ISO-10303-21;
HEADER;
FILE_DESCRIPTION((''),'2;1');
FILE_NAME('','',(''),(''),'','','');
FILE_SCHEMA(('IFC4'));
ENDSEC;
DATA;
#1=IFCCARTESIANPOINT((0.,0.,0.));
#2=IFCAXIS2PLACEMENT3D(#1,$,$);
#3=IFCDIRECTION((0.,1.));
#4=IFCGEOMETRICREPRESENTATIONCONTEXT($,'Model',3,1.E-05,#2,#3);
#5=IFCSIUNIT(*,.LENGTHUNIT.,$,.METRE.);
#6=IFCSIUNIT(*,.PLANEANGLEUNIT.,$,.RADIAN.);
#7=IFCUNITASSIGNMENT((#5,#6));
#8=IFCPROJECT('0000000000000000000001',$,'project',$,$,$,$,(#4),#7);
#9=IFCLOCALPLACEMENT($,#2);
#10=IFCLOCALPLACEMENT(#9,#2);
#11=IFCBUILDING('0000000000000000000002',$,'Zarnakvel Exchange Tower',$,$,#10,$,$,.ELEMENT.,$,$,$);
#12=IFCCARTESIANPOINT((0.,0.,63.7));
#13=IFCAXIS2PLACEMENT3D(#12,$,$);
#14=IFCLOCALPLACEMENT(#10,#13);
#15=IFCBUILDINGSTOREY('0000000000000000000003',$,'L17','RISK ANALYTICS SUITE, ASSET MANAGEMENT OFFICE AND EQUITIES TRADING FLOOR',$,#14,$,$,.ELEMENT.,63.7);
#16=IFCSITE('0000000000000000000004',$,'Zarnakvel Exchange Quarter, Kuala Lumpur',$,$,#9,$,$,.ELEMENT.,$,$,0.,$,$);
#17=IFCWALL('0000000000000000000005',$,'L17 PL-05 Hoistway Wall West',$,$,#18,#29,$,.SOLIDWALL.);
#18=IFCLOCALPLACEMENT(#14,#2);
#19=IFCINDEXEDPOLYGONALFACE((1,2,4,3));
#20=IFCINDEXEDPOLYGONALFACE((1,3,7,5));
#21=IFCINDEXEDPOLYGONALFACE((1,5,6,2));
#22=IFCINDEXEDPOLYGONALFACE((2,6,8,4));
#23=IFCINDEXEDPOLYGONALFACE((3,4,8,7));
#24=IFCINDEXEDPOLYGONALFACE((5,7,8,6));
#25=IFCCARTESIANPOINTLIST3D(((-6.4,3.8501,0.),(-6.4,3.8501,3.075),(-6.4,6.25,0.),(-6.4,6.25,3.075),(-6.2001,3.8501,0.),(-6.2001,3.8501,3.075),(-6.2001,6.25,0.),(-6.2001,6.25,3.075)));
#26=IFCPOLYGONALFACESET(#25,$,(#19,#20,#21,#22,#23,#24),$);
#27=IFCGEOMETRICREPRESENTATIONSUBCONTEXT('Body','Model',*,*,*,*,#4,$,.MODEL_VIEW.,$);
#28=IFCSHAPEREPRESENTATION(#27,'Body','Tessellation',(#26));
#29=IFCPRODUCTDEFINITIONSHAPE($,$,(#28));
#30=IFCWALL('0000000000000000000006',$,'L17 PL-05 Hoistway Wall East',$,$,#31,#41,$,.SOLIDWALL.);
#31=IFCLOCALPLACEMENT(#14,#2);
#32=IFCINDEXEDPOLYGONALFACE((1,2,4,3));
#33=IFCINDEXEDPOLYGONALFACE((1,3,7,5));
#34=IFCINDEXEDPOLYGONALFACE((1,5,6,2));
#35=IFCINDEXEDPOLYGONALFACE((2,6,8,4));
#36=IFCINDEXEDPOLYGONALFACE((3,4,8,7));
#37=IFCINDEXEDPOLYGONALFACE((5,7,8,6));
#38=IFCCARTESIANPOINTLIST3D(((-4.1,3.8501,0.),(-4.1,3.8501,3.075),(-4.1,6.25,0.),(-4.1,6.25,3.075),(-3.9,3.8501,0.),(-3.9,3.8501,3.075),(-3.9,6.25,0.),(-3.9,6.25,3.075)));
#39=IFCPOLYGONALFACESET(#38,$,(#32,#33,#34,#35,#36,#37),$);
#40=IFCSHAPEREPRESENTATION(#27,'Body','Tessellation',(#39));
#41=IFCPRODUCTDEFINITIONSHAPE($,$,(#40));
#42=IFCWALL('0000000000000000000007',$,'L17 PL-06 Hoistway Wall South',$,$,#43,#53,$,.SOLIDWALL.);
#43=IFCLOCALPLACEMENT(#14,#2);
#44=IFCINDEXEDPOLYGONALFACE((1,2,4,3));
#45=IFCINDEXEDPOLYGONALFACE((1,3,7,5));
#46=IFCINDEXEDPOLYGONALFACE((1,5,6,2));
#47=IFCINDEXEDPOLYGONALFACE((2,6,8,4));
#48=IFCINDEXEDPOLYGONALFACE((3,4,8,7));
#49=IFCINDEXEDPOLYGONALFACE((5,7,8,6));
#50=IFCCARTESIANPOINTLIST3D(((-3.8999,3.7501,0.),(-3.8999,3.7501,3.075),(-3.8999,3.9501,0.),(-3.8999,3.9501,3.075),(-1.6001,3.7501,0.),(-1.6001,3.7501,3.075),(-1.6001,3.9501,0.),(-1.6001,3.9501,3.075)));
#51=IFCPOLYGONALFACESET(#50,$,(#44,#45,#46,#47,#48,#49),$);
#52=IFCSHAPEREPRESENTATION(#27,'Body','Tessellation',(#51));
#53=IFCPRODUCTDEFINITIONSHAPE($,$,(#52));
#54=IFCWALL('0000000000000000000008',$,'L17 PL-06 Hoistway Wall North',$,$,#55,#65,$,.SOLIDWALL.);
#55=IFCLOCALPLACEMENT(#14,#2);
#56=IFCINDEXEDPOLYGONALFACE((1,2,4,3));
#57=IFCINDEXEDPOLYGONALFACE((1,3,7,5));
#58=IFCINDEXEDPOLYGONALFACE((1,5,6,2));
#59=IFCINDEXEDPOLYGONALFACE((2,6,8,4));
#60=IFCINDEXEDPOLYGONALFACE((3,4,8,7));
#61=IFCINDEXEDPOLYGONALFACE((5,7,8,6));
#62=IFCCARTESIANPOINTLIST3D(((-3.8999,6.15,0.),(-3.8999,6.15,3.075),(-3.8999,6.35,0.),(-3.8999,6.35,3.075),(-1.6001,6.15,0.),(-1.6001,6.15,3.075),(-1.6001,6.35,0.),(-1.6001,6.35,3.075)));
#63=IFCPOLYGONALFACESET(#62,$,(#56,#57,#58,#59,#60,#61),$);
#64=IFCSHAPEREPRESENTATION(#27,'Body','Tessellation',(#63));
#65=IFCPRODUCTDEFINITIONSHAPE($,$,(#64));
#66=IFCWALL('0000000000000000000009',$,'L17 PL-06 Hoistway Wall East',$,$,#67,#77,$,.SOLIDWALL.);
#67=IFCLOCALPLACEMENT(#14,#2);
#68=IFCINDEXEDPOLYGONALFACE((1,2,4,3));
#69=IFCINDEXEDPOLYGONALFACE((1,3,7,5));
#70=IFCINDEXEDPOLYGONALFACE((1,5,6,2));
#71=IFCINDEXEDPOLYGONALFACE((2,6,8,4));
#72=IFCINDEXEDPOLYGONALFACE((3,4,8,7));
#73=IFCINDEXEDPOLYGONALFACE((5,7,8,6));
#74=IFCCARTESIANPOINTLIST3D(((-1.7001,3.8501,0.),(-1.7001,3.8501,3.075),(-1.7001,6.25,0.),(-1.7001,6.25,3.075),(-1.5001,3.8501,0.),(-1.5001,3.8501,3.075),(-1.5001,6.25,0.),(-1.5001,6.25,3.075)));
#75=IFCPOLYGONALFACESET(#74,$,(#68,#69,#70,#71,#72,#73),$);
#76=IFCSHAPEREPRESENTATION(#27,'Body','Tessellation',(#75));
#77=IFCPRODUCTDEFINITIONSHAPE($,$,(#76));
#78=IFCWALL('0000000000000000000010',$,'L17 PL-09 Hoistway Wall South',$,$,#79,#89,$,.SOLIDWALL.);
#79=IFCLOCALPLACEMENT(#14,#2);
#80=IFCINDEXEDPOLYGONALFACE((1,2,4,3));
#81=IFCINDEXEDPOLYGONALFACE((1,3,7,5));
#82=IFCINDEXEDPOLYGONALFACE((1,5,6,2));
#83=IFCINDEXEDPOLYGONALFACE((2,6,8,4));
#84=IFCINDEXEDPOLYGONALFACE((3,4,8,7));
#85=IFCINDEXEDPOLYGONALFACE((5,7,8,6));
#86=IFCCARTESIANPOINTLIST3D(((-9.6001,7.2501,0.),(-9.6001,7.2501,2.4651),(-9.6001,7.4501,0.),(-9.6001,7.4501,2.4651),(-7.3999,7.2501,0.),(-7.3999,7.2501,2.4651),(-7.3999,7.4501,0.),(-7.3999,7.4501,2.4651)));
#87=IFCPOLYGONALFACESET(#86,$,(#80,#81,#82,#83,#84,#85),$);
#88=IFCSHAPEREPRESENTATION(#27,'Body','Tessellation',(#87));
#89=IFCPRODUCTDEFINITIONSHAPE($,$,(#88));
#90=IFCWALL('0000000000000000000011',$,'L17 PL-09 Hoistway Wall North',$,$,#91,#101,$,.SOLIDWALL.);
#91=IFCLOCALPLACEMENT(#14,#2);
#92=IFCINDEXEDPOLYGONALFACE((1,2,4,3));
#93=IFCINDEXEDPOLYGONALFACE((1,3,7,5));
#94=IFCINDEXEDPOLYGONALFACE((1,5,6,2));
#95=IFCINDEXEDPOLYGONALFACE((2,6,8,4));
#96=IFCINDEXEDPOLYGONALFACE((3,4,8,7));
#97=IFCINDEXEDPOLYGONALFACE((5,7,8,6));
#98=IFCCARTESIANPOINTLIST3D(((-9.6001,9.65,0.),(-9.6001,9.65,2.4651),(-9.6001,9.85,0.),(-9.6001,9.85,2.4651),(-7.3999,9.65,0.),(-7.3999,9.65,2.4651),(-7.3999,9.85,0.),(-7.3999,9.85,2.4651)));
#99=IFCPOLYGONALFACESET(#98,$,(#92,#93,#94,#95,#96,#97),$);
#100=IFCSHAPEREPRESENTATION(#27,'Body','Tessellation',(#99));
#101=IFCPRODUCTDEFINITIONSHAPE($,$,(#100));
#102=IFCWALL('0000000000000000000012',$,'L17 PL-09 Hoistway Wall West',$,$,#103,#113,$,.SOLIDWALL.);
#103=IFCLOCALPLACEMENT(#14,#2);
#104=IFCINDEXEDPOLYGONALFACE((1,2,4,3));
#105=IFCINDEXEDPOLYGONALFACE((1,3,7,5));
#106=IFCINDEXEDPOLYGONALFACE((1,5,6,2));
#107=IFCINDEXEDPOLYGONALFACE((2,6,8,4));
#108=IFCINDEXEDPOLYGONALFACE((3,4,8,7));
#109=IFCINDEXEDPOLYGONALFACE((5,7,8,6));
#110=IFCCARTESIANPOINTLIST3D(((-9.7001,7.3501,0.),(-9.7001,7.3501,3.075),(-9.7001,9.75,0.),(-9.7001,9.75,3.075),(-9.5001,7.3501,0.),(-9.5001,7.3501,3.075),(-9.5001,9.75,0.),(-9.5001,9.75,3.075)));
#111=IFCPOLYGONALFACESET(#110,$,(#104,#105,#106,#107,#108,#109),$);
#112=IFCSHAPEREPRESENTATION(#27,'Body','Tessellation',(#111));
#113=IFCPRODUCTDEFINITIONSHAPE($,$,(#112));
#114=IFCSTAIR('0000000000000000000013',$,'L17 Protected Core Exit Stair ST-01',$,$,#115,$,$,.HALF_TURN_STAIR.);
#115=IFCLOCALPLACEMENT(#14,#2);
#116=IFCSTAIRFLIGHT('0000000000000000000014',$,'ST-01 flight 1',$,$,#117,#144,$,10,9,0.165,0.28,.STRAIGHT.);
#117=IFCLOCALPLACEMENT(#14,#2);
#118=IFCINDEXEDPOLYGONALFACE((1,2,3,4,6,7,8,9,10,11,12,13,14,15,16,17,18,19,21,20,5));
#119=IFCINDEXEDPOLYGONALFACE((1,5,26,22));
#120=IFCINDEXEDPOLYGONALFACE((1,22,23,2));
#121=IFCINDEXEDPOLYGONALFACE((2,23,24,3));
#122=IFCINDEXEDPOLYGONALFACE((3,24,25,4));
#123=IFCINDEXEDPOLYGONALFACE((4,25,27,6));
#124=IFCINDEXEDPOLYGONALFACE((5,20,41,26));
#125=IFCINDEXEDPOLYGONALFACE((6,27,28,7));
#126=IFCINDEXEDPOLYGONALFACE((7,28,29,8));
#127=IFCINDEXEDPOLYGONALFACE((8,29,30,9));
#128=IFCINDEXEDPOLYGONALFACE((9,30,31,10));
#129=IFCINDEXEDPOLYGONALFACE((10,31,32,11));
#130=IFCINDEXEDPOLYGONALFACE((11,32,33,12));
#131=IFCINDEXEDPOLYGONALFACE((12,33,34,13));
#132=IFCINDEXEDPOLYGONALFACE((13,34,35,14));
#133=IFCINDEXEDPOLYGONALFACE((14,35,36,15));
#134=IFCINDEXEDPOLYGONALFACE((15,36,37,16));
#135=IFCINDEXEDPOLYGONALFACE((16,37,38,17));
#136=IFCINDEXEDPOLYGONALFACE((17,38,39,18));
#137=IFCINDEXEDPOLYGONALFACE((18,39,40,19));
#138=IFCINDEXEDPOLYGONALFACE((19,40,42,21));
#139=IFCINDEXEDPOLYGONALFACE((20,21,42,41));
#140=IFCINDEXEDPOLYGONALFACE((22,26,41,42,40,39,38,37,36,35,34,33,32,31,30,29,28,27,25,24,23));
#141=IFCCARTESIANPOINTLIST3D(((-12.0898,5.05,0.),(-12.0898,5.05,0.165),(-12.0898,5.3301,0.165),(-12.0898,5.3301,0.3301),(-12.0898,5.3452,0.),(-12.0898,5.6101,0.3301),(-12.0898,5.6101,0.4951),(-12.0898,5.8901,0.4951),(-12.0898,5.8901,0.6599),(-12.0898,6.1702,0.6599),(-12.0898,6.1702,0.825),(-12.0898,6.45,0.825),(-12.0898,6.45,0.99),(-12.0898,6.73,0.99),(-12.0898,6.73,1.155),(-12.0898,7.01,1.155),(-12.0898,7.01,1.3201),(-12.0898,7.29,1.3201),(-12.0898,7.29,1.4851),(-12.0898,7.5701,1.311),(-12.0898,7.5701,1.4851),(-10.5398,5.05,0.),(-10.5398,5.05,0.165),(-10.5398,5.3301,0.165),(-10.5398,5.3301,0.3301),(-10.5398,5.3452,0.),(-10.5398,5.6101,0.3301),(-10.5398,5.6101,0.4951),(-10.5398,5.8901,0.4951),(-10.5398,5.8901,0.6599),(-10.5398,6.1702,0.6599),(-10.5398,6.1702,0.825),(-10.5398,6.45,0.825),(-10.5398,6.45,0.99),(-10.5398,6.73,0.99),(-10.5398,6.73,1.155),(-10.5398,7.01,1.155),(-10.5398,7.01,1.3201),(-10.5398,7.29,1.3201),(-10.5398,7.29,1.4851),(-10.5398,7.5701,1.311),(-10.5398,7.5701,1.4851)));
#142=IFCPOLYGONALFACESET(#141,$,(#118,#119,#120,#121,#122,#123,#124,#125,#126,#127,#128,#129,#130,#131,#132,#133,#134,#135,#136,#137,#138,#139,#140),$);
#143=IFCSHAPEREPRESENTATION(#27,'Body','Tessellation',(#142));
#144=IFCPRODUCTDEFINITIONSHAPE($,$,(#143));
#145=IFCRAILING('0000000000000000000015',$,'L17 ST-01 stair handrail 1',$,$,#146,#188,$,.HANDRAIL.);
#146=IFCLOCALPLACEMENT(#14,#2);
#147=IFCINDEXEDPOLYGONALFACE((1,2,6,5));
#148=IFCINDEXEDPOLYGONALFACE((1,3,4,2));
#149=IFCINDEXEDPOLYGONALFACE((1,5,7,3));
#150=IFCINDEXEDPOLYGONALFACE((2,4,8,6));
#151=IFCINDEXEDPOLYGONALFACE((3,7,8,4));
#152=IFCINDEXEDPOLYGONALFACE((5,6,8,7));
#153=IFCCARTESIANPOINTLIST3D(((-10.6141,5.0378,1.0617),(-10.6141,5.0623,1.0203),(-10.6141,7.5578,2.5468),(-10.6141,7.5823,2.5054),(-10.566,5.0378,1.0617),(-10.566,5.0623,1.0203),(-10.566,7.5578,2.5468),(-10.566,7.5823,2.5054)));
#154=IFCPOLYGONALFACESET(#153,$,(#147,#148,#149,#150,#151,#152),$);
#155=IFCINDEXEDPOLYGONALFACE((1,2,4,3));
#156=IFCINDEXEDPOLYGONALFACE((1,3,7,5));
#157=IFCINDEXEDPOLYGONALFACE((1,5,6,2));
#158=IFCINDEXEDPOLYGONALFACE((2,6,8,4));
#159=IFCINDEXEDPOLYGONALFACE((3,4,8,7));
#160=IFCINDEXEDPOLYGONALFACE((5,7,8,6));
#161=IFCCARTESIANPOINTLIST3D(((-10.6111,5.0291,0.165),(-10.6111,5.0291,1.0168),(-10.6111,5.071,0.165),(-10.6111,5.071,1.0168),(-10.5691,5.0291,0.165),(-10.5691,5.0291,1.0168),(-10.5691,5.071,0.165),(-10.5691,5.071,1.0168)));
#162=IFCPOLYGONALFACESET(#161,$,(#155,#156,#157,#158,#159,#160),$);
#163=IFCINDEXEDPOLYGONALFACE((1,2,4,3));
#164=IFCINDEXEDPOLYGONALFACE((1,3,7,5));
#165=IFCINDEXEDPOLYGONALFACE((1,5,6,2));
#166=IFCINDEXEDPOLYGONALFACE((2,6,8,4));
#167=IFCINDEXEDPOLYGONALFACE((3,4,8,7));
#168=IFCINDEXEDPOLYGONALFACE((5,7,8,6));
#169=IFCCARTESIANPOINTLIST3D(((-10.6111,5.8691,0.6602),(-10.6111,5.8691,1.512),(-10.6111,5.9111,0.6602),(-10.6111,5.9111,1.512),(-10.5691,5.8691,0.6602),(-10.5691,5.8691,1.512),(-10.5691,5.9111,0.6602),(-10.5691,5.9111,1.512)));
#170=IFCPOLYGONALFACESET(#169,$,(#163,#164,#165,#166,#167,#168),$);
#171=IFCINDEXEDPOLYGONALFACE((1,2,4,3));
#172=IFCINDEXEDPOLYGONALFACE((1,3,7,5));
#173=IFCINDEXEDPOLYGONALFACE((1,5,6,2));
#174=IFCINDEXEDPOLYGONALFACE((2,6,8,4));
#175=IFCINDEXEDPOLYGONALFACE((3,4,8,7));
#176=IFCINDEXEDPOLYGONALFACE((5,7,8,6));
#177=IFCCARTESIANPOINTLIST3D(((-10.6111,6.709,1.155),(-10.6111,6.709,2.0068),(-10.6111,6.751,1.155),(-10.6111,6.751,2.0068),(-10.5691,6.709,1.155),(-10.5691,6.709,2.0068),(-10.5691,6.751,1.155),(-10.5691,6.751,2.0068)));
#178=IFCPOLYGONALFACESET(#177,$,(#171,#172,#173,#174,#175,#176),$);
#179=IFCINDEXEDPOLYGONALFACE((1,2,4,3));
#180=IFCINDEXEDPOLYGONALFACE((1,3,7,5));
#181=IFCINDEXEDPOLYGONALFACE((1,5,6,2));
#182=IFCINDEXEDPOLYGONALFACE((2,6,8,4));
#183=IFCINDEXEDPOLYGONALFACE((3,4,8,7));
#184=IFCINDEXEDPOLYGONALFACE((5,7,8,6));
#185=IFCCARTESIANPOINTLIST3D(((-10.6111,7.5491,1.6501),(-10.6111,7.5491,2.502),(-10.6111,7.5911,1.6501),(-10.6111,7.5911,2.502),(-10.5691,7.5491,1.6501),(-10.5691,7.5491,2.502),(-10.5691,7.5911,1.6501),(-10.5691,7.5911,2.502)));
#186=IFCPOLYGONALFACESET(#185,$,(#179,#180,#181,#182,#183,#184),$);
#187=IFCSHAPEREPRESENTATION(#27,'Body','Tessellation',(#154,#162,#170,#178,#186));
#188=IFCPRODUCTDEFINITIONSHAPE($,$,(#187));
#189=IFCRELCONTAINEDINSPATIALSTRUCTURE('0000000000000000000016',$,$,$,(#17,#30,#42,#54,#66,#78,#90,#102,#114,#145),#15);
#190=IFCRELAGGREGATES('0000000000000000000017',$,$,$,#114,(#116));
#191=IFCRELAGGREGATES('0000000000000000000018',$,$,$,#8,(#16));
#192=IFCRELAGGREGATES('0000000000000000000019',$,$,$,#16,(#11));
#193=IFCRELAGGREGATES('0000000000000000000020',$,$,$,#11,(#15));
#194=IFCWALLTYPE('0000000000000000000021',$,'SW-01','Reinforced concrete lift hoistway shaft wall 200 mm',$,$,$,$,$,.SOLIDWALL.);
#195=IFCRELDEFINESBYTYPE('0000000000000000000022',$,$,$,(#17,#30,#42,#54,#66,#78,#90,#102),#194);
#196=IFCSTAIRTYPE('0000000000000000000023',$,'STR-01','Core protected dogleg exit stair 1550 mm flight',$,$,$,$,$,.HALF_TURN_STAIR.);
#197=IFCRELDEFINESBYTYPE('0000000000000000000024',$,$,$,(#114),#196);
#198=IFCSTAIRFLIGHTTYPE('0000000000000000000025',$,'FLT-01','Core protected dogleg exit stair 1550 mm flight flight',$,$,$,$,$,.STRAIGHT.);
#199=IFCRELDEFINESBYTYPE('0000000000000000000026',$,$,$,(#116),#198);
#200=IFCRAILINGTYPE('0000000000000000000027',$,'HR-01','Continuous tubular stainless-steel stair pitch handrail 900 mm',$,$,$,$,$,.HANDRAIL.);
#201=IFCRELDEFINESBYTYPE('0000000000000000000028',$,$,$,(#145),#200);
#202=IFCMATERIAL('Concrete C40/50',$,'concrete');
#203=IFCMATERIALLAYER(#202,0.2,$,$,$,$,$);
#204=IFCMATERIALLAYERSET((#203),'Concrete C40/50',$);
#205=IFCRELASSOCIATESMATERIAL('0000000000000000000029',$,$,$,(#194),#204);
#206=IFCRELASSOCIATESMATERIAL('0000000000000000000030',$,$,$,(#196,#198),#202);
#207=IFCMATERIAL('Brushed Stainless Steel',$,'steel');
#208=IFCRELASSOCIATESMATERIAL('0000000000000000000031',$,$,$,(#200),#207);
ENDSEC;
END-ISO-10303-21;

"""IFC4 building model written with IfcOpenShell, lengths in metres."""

from ifc_helpers import new_model, si_unit, direction, frame, frame_2d, origin, origin_2d, place, context, subcontext, project, spatial, polyline, rectangle, outline, extrude, material, layer, layer_set, type_object, element, aggregate, save


model = new_model("IFC4")

# Units and contexts
model_context = context("Model", 3, precision=1e-05, world=origin(), true_north=direction((0.0, 1.0)))
body_context = subcontext(model_context, "Body", "Model", "MODEL_VIEW")
ifc_project = project(units=[si_unit("LENGTHUNIT", "METRE"), si_unit("PLANEANGLEUNIT", "RADIAN")], contexts=[model_context])

# Site, building, storey
site_placement = place(None, origin())
site = spatial("IfcSite", under=ifc_project, at=site_placement, Name="Zarnakvel Exchange Quarter, Kuala Lumpur", CompositionType="ELEMENT", RefElevation=0.0)
building_placement = place(site_placement, origin())
building = spatial("IfcBuilding", under=site, at=building_placement, Name="Zarnakvel Exchange Tower", CompositionType="ELEMENT")
storey_placement = place(building_placement, frame((0.0, 0.0, 63.7)))
storey = spatial("IfcBuildingStorey", under=building, at=storey_placement, Name="L17", Description="RISK ANALYTICS SUITE, ASSET MANAGEMENT OFFICE AND EQUITIES TRADING FLOOR", CompositionType="ELEMENT", Elevation=63.7)

# Shared definitions
ifc_material_1 = material(Name="Concrete C40/50", Category="concrete")
ifc_layer_1 = layer(ifc_material_1, 0.2)
ifc_layer_set_1 = layer_set([ifc_layer_1], Name="Concrete C40/50")
wall_type_1 = type_object("IfcWallType", Name="SW-01", Description="Reinforced concrete lift hoistway shaft wall 200 mm", PredefinedType="SOLIDWALL", material=ifc_layer_set_1)
ifc_material_2 = material(Name="Brushed Stainless Steel", Category="steel")

# Walls
for number, where, z_axis, x_axis, name in (
    (1, (-6.3, 3.8501, 0.0), (0.0, 0.0, 1.0), (0.0, 1.0, 0.0), "L17 PL-05 Hoistway Wall West"),
    (2, (-4.0, 6.25, 0.0), (0.0, 0.0, 1.0), (0.0, -1.0, 0.0), "L17 PL-05 Hoistway Wall East"),
):
    element("IfcWall", number, at=place(storey_placement, frame(where, z_axis=z_axis, x_axis=x_axis)), inside=storey, type_object=wall_type_1, Name=name, PredefinedType="SOLIDWALL", context=body_context, shape_type="SweptSolid", body=[
        extrude(rectangle(XDim=2.3999, YDim=0.2, at=frame_2d((1.2, 0.0))), origin(), (0.0, 0.0, 1.0), 3.075),
    ])
for number, where, z_axis, x_axis, name in (
    (3, (-1.6001, 3.8501, 0.0), (0.0, 0.0, 1.0), (-1.0, 0.0, 0.0), "L17 PL-06 Hoistway Wall South"),
    (4, (-3.8999, 6.25, 0.0), (0.0, 0.0, 1.0), (1.0, 0.0, 0.0), "L17 PL-06 Hoistway Wall North"),
):
    element("IfcWall", number, at=place(storey_placement, frame(where, z_axis=z_axis, x_axis=x_axis)), inside=storey, type_object=wall_type_1, Name=name, PredefinedType="SOLIDWALL", context=body_context, shape_type="SweptSolid", body=[
        extrude(rectangle(XDim=2.2998, YDim=0.2, at=frame_2d((1.1499, 0.0))), origin(), (0.0, 0.0, 1.0), 3.075),
    ])
wall_1_placement = place(storey_placement, frame((-1.6001, 6.25, 0.0), z_axis=(0.0, 0.0, 1.0), x_axis=(0.0, -1.0, 0.0)))
element("IfcWall", 5, at=wall_1_placement, inside=storey, type_object=wall_type_1, Name="L17 PL-06 Hoistway Wall East", PredefinedType="SOLIDWALL", context=body_context, shape_type="SweptSolid", body=[
    extrude(rectangle(XDim=2.3999, YDim=0.2, at=frame_2d((1.2, 0.0))), origin(), (0.0, 0.0, 1.0), 3.075),
])
for number, where, z_axis, x_axis, name in (
    (6, (-7.3999, 7.3501, 0.0), (0.0, 0.0, 1.0), (-1.0, 0.0, 0.0), "L17 PL-09 Hoistway Wall South"),
    (7, (-9.6001, 9.75, 0.0), (0.0, 0.0, 1.0), (1.0, 0.0, 0.0), "L17 PL-09 Hoistway Wall North"),
):
    element("IfcWall", number, at=place(storey_placement, frame(where, z_axis=z_axis, x_axis=x_axis)), inside=storey, type_object=wall_type_1, Name=name, PredefinedType="SOLIDWALL", context=body_context, shape_type="SweptSolid", body=[
        extrude(rectangle(XDim=2.2002, YDim=0.2, at=frame_2d((1.1001, 0.0))), origin(), (0.0, 0.0, 1.0), 2.4651),
    ])
wall_2_placement = place(storey_placement, frame((-9.6001, 7.3501, 0.0), z_axis=(0.0, 0.0, 1.0), x_axis=(0.0, 1.0, 0.0)))
element("IfcWall", 8, at=wall_2_placement, inside=storey, type_object=wall_type_1, Name="L17 PL-09 Hoistway Wall West", PredefinedType="SOLIDWALL", context=body_context, shape_type="SweptSolid", body=[
    extrude(rectangle(XDim=2.3999, YDim=0.2, at=frame_2d((1.2, 0.0))), origin(), (0.0, 0.0, 1.0), 3.075),
])

# Stair, stair flight
stair_type = type_object("IfcStairType", Name="STR-01", Description="Core protected dogleg exit stair 1550 mm flight", PredefinedType="HALF_TURN_STAIR", material=ifc_material_1)
stair_placement = place(storey_placement, origin())
stair = element("IfcStair", 9, at=stair_placement, inside=storey, type_object=stair_type, Name="L17 Protected Core Exit Stair ST-01", PredefinedType="HALF_TURN_STAIR")
stair_flight_type = type_object("IfcStairFlightType", Name="FLT-01", Description="Core protected dogleg exit stair 1550 mm flight flight", PredefinedType="STRAIGHT", material=ifc_material_1)
stair_flight_placement = place(storey_placement, frame((-11.3149, 5.05, 0.0), z_axis=(0.0, 0.0, 1.0), x_axis=(0.0, 1.0, 0.0)))
stair_flight = element("IfcStairFlight", 10, at=stair_flight_placement, type_object=stair_flight_type, Name="ST-01 flight 1", NumberOfRisers=10, NumberOfTreads=9, PredefinedType="STRAIGHT", RiserHeight=0.165, TreadLength=0.28, context=body_context, shape_type="SweptSolid", body=[
    extrude(outline(polyline([(0.0, 0.0), (0.0, 0.165), (0.28, 0.165), (0.28, 0.3301), (0.5601, 0.3301), (0.5601, 0.4951), (0.8401, 0.4951), (0.8401, 0.6599), (1.1201, 0.6599), (1.1201, 0.825), (1.3999, 0.825), (1.3999, 0.99), (1.6799, 0.99), (1.6799, 1.155), (1.96, 1.155), (1.96, 1.3201), (2.24, 1.3201), (2.24, 1.4851), (2.52, 1.4851), (2.52, 1.6499), (2.52, 1.311), (0.2952, 0.0), (0.0, 0.0)])), frame((0.0, 0.7749, 0.0), z_axis=(0.0, -1.0, 0.0), x_axis=(1.0, 0.0, 0.0)), (0.0, 0.0, 1.0), 1.55),
])
aggregate(stair, [stair_flight])

# Railing
railing_type_1 = type_object("IfcRailingType", Name="HR-01", Description="Continuous tubular stainless-steel stair pitch handrail 900 mm", PredefinedType="HANDRAIL", material=ifc_material_2)
railing_1_placement = place(storey_placement, frame((-10.5901, 5.05, 0.165)))
element("IfcRailing", 11, at=railing_1_placement, inside=storey, type_object=railing_type_1, Name="L17 ST-01 stair handrail 1", PredefinedType="HANDRAIL", context=body_context, shape_type="SweptSolid", body=[
    extrude(rectangle(XDim=0.0481, YDim=0.0481, at=origin_2d()), frame((0.0, 0.0, 0.876), z_axis=(0.0, 0.861524, 0.507717), x_axis=(-1.0, 0.0, 0.0)), (0.0, 0.0, 1.0), 2.925),
    extrude(rectangle(XDim=0.042, YDim=0.042, at=origin_2d()), origin(), (0.0, 0.0, 1.0), 0.8518),
    extrude(rectangle(XDim=0.042, YDim=0.042, at=origin_2d()), frame((0.0, 0.8401, 0.4951)), (0.0, 0.0, 1.0), 0.8518),
    extrude(rectangle(XDim=0.042, YDim=0.042, at=origin_2d()), frame((0.0, 1.6799, 0.99)), (0.0, 0.0, 1.0), 0.8518),
    extrude(rectangle(XDim=0.042, YDim=0.042, at=origin_2d()), frame((0.0, 2.52, 1.4851)), (0.0, 0.0, 1.0), 0.8518),
])

save(model, "model.ifc")
